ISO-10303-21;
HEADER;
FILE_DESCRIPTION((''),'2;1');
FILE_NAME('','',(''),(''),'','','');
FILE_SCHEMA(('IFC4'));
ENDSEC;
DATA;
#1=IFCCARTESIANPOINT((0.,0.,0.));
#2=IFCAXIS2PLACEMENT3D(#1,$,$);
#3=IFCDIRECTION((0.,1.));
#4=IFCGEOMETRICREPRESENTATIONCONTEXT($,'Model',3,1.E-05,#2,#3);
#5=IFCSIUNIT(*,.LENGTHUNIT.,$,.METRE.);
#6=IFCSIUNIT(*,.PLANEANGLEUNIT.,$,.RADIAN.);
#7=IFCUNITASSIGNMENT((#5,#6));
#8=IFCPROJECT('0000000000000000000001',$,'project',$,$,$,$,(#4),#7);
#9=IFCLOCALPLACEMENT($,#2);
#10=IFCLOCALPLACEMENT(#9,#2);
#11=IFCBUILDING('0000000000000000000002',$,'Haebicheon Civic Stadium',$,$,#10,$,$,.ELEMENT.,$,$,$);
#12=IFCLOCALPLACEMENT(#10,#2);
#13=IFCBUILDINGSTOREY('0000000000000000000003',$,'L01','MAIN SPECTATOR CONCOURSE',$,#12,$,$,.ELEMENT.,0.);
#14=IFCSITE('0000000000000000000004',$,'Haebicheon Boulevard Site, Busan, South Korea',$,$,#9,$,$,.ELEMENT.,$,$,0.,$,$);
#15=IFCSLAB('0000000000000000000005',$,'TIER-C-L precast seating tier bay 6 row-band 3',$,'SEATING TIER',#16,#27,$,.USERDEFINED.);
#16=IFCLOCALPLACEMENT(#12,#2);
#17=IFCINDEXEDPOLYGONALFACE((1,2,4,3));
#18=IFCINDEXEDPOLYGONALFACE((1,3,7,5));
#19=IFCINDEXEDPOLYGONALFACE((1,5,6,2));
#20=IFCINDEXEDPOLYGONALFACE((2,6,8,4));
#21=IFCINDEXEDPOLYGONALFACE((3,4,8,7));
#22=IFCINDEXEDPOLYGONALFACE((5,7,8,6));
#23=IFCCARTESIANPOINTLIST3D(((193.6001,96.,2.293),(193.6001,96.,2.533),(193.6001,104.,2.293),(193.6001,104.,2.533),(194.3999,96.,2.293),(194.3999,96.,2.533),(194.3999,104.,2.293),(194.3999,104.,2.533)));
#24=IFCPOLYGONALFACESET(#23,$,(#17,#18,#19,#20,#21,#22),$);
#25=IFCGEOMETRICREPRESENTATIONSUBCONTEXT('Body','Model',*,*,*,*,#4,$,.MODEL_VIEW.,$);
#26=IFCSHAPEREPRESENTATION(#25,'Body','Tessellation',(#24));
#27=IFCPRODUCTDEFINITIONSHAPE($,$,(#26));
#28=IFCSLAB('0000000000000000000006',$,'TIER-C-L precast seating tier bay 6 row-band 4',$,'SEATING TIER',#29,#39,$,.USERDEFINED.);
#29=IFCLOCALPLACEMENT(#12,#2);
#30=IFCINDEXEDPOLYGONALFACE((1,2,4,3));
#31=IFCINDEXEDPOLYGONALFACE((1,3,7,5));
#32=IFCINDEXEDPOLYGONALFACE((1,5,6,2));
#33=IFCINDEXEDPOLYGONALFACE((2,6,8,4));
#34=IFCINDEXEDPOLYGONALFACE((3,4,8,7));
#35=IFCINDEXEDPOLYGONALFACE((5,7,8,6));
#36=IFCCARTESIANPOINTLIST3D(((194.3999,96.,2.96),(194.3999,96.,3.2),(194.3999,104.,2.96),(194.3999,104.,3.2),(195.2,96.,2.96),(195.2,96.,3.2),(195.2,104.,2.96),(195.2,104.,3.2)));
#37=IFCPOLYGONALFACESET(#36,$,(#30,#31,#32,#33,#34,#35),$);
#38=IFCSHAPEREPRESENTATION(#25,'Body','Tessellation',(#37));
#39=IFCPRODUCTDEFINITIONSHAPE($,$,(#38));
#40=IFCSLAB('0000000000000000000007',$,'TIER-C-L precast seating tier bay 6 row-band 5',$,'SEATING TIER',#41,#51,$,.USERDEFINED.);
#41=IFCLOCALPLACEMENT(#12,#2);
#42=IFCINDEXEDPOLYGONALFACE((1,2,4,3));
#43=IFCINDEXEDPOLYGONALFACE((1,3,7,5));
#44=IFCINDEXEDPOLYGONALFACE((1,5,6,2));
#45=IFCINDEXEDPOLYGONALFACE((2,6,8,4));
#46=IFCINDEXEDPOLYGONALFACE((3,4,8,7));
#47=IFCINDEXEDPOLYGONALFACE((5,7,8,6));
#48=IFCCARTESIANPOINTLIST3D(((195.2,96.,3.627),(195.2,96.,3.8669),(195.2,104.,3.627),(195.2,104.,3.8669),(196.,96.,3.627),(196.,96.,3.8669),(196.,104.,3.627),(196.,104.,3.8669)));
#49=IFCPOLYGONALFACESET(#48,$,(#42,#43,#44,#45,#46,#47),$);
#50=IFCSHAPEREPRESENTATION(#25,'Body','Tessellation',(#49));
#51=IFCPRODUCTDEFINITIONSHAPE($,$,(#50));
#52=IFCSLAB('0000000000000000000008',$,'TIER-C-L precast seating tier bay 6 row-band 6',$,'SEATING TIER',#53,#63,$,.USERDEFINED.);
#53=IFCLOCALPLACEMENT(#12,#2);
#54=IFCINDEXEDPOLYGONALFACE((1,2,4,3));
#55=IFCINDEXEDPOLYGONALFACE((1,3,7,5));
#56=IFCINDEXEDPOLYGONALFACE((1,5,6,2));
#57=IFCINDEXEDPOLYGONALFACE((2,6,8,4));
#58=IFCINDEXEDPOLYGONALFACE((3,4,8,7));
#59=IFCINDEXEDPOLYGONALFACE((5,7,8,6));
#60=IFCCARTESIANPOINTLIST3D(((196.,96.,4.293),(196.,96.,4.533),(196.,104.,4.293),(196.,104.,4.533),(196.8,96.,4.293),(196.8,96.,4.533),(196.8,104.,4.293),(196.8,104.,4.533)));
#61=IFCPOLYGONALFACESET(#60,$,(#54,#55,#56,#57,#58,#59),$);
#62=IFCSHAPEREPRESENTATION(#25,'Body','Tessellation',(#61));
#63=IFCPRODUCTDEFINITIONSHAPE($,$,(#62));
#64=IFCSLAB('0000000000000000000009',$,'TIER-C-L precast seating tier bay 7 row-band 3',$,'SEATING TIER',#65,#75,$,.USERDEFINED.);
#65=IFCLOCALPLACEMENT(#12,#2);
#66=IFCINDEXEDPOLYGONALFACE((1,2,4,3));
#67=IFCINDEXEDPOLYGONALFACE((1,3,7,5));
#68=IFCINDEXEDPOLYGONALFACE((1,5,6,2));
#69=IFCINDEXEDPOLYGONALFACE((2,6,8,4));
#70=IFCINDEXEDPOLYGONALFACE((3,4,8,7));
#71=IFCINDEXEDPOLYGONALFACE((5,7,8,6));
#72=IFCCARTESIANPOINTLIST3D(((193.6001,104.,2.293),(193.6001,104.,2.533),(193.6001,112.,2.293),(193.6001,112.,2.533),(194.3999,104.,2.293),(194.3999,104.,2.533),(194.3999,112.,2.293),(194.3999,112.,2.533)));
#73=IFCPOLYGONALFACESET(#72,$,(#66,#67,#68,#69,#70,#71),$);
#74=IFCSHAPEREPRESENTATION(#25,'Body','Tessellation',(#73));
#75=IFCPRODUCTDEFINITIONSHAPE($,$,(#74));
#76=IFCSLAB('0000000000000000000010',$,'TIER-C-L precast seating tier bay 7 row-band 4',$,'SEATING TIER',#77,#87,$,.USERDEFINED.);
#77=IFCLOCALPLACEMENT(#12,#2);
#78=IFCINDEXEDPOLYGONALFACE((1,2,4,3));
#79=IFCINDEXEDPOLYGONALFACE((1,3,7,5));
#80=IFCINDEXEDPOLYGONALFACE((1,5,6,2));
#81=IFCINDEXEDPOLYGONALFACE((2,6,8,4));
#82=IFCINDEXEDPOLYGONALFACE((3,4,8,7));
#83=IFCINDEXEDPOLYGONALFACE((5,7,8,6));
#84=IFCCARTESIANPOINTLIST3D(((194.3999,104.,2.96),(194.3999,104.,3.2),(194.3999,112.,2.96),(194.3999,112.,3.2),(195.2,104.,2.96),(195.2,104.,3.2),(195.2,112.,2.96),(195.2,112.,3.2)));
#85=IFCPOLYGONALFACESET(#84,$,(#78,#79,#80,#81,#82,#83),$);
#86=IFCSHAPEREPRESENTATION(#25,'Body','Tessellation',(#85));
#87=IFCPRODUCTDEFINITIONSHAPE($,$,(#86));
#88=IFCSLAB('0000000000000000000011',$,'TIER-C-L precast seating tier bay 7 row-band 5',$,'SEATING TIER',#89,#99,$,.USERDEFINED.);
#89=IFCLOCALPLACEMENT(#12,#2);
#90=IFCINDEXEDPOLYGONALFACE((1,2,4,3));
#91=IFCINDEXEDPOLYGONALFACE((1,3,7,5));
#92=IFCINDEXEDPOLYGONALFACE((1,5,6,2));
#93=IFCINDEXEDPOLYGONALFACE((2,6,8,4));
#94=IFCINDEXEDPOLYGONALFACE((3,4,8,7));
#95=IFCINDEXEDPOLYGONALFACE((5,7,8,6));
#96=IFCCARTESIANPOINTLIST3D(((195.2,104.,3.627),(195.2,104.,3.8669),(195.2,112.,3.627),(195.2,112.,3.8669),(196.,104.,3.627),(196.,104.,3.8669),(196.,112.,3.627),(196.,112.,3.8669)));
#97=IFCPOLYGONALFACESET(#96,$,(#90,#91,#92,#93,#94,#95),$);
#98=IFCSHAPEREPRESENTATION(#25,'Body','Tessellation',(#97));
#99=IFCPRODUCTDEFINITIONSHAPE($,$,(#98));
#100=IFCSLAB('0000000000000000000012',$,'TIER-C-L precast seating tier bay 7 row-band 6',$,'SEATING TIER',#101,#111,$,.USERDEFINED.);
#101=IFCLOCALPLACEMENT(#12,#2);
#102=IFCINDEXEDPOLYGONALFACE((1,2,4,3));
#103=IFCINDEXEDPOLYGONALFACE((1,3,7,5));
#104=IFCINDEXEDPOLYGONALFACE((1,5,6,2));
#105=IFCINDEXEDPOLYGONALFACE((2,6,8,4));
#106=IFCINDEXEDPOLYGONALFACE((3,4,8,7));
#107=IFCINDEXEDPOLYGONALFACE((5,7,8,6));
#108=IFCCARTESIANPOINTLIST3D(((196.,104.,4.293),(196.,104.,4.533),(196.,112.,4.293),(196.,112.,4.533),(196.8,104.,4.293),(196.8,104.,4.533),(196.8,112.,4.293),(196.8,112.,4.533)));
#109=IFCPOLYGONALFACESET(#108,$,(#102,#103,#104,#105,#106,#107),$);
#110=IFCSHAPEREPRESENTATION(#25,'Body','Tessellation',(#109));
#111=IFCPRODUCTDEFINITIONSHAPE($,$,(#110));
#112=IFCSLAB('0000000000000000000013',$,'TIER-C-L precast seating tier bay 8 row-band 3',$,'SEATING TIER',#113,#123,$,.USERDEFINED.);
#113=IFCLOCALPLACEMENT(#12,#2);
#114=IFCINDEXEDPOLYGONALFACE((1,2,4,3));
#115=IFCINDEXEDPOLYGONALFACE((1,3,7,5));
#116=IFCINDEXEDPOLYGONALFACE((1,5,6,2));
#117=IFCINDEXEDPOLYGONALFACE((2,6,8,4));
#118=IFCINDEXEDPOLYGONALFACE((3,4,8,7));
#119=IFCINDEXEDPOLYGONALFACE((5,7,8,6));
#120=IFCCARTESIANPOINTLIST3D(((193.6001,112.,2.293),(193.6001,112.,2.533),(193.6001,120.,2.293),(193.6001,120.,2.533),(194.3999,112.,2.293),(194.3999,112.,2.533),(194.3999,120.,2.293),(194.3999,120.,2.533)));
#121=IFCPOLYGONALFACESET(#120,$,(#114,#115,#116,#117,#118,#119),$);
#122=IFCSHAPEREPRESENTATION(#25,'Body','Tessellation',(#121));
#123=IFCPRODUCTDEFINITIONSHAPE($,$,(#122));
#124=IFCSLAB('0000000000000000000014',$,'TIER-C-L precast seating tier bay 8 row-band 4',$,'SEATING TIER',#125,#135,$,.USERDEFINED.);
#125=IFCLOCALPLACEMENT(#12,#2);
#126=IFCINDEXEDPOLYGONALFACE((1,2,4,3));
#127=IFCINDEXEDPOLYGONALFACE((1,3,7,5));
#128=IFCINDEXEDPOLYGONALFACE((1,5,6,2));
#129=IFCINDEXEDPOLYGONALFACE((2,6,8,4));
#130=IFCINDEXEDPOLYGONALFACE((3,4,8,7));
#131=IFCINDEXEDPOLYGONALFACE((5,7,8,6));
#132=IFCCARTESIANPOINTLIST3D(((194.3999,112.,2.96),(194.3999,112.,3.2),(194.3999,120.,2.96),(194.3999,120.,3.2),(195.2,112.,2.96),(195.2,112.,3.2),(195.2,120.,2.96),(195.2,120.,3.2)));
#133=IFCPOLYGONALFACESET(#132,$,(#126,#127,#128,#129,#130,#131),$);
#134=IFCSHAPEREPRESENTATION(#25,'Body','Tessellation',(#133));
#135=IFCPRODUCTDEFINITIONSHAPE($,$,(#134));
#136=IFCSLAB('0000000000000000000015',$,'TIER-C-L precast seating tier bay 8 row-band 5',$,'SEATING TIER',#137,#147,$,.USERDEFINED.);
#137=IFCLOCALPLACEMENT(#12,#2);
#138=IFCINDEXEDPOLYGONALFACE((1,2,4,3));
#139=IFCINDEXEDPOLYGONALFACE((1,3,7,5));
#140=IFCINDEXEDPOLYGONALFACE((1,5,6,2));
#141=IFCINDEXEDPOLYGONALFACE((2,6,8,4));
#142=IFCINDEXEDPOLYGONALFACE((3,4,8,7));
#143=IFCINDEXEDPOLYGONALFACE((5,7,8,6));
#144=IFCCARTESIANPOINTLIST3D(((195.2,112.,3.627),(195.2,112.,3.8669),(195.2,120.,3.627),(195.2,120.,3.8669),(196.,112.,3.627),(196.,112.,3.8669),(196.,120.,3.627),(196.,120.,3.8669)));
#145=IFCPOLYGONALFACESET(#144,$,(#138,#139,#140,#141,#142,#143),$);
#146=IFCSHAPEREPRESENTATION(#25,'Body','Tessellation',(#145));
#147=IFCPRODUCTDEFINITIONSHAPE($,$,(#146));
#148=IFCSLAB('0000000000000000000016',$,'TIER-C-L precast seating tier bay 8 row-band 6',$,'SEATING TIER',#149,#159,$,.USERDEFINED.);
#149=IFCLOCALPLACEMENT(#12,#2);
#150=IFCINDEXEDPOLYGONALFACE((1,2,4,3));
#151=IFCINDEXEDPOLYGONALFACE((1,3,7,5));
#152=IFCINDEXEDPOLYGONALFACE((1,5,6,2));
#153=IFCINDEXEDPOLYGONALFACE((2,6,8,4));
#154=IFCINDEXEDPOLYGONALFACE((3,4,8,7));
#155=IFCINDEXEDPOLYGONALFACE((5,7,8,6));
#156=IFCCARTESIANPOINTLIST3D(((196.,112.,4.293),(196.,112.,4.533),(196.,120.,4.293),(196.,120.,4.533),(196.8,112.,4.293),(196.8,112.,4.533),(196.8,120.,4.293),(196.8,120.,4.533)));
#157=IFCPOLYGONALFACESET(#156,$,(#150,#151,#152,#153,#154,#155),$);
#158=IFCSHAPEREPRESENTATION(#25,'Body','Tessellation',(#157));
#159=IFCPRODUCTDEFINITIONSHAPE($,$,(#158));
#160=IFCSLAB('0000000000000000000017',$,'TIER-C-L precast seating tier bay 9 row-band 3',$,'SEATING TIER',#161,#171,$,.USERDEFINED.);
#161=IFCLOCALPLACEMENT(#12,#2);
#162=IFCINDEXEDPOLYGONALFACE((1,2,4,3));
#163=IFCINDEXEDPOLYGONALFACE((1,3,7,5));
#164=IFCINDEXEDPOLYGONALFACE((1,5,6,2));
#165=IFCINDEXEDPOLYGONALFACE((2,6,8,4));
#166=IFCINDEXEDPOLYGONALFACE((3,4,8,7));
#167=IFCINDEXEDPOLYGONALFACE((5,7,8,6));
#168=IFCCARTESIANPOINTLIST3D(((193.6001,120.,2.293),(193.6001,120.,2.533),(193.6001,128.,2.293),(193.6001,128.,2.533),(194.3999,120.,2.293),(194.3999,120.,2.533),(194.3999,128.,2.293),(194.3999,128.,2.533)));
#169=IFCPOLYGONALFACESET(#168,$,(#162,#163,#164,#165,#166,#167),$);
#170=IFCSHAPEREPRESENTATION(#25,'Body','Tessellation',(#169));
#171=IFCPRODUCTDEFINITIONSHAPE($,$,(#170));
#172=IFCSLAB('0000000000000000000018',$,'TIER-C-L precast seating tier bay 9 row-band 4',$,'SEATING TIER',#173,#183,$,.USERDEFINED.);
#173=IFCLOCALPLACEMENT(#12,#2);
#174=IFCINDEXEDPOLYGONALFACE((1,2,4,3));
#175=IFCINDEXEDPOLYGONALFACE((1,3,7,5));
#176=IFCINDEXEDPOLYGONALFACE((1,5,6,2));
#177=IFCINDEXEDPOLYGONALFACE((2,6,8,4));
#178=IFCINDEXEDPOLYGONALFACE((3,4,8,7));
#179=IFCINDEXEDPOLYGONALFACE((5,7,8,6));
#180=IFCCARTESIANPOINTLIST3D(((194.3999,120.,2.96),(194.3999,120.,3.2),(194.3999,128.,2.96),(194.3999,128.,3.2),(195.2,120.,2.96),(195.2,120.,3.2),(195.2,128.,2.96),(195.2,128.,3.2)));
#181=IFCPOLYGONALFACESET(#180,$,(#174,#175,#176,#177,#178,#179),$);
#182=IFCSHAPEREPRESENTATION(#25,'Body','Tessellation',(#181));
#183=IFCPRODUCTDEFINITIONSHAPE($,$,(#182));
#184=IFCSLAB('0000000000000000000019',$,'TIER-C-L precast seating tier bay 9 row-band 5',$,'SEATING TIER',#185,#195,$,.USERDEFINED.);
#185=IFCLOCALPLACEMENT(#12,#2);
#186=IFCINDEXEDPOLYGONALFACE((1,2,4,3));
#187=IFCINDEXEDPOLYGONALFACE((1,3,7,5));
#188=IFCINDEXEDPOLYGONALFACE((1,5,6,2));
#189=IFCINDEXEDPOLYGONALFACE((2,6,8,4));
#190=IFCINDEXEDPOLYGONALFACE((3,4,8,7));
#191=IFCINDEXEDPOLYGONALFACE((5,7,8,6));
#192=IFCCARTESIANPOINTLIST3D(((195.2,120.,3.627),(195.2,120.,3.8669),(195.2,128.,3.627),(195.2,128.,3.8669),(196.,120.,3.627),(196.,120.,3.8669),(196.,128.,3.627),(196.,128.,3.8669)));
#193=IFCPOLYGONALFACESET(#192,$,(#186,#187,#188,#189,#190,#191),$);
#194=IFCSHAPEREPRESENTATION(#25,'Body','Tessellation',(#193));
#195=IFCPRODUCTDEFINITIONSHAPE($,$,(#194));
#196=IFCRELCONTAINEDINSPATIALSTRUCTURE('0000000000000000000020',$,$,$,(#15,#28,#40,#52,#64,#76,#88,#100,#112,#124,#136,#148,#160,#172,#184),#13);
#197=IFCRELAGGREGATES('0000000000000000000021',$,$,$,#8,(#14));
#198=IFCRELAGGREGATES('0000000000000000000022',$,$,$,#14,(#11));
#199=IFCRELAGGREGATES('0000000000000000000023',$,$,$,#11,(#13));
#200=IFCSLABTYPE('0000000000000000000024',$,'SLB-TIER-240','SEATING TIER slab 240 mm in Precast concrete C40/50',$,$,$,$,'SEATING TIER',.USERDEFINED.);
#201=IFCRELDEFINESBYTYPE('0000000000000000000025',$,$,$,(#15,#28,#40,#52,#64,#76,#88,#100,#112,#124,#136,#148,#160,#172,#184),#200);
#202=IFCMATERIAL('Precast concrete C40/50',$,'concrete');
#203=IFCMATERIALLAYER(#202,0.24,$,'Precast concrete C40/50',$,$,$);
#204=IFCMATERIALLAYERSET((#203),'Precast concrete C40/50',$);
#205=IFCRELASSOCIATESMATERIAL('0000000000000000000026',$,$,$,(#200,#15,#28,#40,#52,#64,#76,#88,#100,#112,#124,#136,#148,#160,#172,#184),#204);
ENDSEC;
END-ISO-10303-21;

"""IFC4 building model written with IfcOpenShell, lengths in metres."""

from ifc_helpers import new_model, si_unit, direction, frame, origin, place, context, subcontext, project, spatial, polyline, outline, extrude, material, layer, layer_set, type_object, element, save


model = new_model("IFC4")

# Units and contexts
model_context = context("Model", 3, precision=1e-05, world=origin(), true_north=direction((0.0, 1.0)))
body_context = subcontext(model_context, "Body", "Model", "MODEL_VIEW")
ifc_project = project(units=[si_unit("LENGTHUNIT", "METRE"), si_unit("PLANEANGLEUNIT", "RADIAN")], contexts=[model_context])

# Site, building, storey
site_placement = place(None, origin())
site = spatial("IfcSite", under=ifc_project, at=site_placement, Name="Haebicheon Boulevard Site, Busan, South Korea", CompositionType="ELEMENT", RefElevation=0.0)
building_placement = place(site_placement, origin())
building = spatial("IfcBuilding", under=site, at=building_placement, Name="Haebicheon Civic Stadium", CompositionType="ELEMENT")
storey_placement = place(building_placement, origin())
storey = spatial("IfcBuildingStorey", under=building, at=storey_placement, Name="L01", Description="MAIN SPECTATOR CONCOURSE", CompositionType="ELEMENT", Elevation=0.0)

# Slabs
ifc_material_1 = material(Name="Precast concrete C40/50", Category="concrete")
ifc_layer_1 = layer(ifc_material_1, 0.24, Name="Precast concrete C40/50")
ifc_layer_set_1 = layer_set([ifc_layer_1], Name="Precast concrete C40/50")
slab_type_1 = type_object("IfcSlabType", Name="SLB-TIER-240", Description="SEATING TIER slab 240 mm in Precast concrete C40/50", ElementType="SEATING TIER", PredefinedType="USERDEFINED", material=ifc_layer_set_1)
slab_1_placement = place(storey_placement, frame((0.0, 0.0, 2.293)))
element("IfcSlab", 1, at=slab_1_placement, inside=storey, type_object=slab_type_1, material=ifc_layer_set_1, Name="TIER-C-L precast seating tier bay 6 row-band 3", ObjectType="SEATING TIER", PredefinedType="USERDEFINED", context=body_context, shape_type="SweptSolid", body=[
    extrude(outline(polyline([(193.6001, 96.0), (194.3999, 96.0), (194.3999, 104.0), (193.6001, 104.0), (193.6001, 96.0)])), origin(), (0.0, 0.0, 1.0), 0.24),
])
slab_2_placement = place(storey_placement, frame((0.0, 0.0, 2.96)))
element("IfcSlab", 2, at=slab_2_placement, inside=storey, type_object=slab_type_1, material=ifc_layer_set_1, Name="TIER-C-L precast seating tier bay 6 row-band 4", ObjectType="SEATING TIER", PredefinedType="USERDEFINED", context=body_context, shape_type="SweptSolid", body=[
    extrude(outline(polyline([(194.3999, 96.0), (195.2, 96.0), (195.2, 104.0), (194.3999, 104.0), (194.3999, 96.0)])), origin(), (0.0, 0.0, 1.0), 0.24),
])
slab_3_placement = place(storey_placement, frame((0.0, 0.0, 3.627)))
element("IfcSlab", 3, at=slab_3_placement, inside=storey, type_object=slab_type_1, material=ifc_layer_set_1, Name="TIER-C-L precast seating tier bay 6 row-band 5", ObjectType="SEATING TIER", PredefinedType="USERDEFINED", context=body_context, shape_type="SweptSolid", body=[
    extrude(outline(polyline([(195.2, 96.0), (196.0, 96.0), (196.0, 104.0), (195.2, 104.0), (195.2, 96.0)])), origin(), (0.0, 0.0, 1.0), 0.24),
])
slab_4_placement = place(storey_placement, frame((0.0, 0.0, 4.293)))
element("IfcSlab", 4, at=slab_4_placement, inside=storey, type_object=slab_type_1, material=ifc_layer_set_1, Name="TIER-C-L precast seating tier bay 6 row-band 6", ObjectType="SEATING TIER", PredefinedType="USERDEFINED", context=body_context, shape_type="SweptSolid", body=[
    extrude(outline(polyline([(196.0, 96.0), (196.8, 96.0), (196.8, 104.0), (196.0, 104.0), (196.0, 96.0)])), origin(), (0.0, 0.0, 1.0), 0.24),
])
slab_5_placement = place(storey_placement, frame((0.0, 0.0, 2.293)))
element("IfcSlab", 5, at=slab_5_placement, inside=storey, type_object=slab_type_1, material=ifc_layer_set_1, Name="TIER-C-L precast seating tier bay 7 row-band 3", ObjectType="SEATING TIER", PredefinedType="USERDEFINED", context=body_context, shape_type="SweptSolid", body=[
    extrude(outline(polyline([(193.6001, 104.0), (194.3999, 104.0), (194.3999, 112.0), (193.6001, 112.0), (193.6001, 104.0)])), origin(), (0.0, 0.0, 1.0), 0.24),
])
slab_6_placement = place(storey_placement, frame((0.0, 0.0, 2.96)))
element("IfcSlab", 6, at=slab_6_placement, inside=storey, type_object=slab_type_1, material=ifc_layer_set_1, Name="TIER-C-L precast seating tier bay 7 row-band 4", ObjectType="SEATING TIER", PredefinedType="USERDEFINED", context=body_context, shape_type="SweptSolid", body=[
    extrude(outline(polyline([(194.3999, 104.0), (195.2, 104.0), (195.2, 112.0), (194.3999, 112.0), (194.3999, 104.0)])), origin(), (0.0, 0.0, 1.0), 0.24),
])
slab_7_placement = place(storey_placement, frame((0.0, 0.0, 3.627)))
element("IfcSlab", 7, at=slab_7_placement, inside=storey, type_object=slab_type_1, material=ifc_layer_set_1, Name="TIER-C-L precast seating tier bay 7 row-band 5", ObjectType="SEATING TIER", PredefinedType="USERDEFINED", context=body_context, shape_type="SweptSolid", body=[
    extrude(outline(polyline([(195.2, 104.0), (196.0, 104.0), (196.0, 112.0), (195.2, 112.0), (195.2, 104.0)])), origin(), (0.0, 0.0, 1.0), 0.24),
])
slab_8_placement = place(storey_placement, frame((0.0, 0.0, 4.293)))
element("IfcSlab", 8, at=slab_8_placement, inside=storey, type_object=slab_type_1, material=ifc_layer_set_1, Name="TIER-C-L precast seating tier bay 7 row-band 6", ObjectType="SEATING TIER", PredefinedType="USERDEFINED", context=body_context, shape_type="SweptSolid", body=[
    extrude(outline(polyline([(196.0, 104.0), (196.8, 104.0), (196.8, 112.0), (196.0, 112.0), (196.0, 104.0)])), origin(), (0.0, 0.0, 1.0), 0.24),
])
slab_9_placement = place(storey_placement, frame((0.0, 0.0, 2.293)))
element("IfcSlab", 9, at=slab_9_placement, inside=storey, type_object=slab_type_1, material=ifc_layer_set_1, Name="TIER-C-L precast seating tier bay 8 row-band 3", ObjectType="SEATING TIER", PredefinedType="USERDEFINED", context=body_context, shape_type="SweptSolid", body=[
    extrude(outline(polyline([(193.6001, 112.0), (194.3999, 112.0), (194.3999, 120.0), (193.6001, 120.0), (193.6001, 112.0)])), origin(), (0.0, 0.0, 1.0), 0.24),
])
slab_10_placement = place(storey_placement, frame((0.0, 0.0, 2.96)))
element("IfcSlab", 10, at=slab_10_placement, inside=storey, type_object=slab_type_1, material=ifc_layer_set_1, Name="TIER-C-L precast seating tier bay 8 row-band 4", ObjectType="SEATING TIER", PredefinedType="USERDEFINED", context=body_context, shape_type="SweptSolid", body=[
    extrude(outline(polyline([(194.3999, 112.0), (195.2, 112.0), (195.2, 120.0), (194.3999, 120.0), (194.3999, 112.0)])), origin(), (0.0, 0.0, 1.0), 0.24),
])
slab_11_placement = place(storey_placement, frame((0.0, 0.0, 3.627)))
element("IfcSlab", 11, at=slab_11_placement, inside=storey, type_object=slab_type_1, material=ifc_layer_set_1, Name="TIER-C-L precast seating tier bay 8 row-band 5", ObjectType="SEATING TIER", PredefinedType="USERDEFINED", context=body_context, shape_type="SweptSolid", body=[
    extrude(outline(polyline([(195.2, 112.0), (196.0, 112.0), (196.0, 120.0), (195.2, 120.0), (195.2, 112.0)])), origin(), (0.0, 0.0, 1.0), 0.24),
])
slab_12_placement = place(storey_placement, frame((0.0, 0.0, 4.293)))
element("IfcSlab", 12, at=slab_12_placement, inside=storey, type_object=slab_type_1, material=ifc_layer_set_1, Name="TIER-C-L precast seating tier bay 8 row-band 6", ObjectType="SEATING TIER", PredefinedType="USERDEFINED", context=body_context, shape_type="SweptSolid", body=[
    extrude(outline(polyline([(196.0, 112.0), (196.8, 112.0), (196.8, 120.0), (196.0, 120.0), (196.0, 112.0)])), origin(), (0.0, 0.0, 1.0), 0.24),
])
slab_13_placement = place(storey_placement, frame((0.0, 0.0, 2.293)))
element("IfcSlab", 13, at=slab_13_placement, inside=storey, type_object=slab_type_1, material=ifc_layer_set_1, Name="TIER-C-L precast seating tier bay 9 row-band 3", ObjectType="SEATING TIER", PredefinedType="USERDEFINED", context=body_context, shape_type="SweptSolid", body=[
    extrude(outline(polyline([(193.6001, 120.0), (194.3999, 120.0), (194.3999, 128.0), (193.6001, 128.0), (193.6001, 120.0)])), origin(), (0.0, 0.0, 1.0), 0.24),
])
slab_14_placement = place(storey_placement, frame((0.0, 0.0, 2.96)))
element("IfcSlab", 14, at=slab_14_placement, inside=storey, type_object=slab_type_1, material=ifc_layer_set_1, Name="TIER-C-L precast seating tier bay 9 row-band 4", ObjectType="SEATING TIER", PredefinedType="USERDEFINED", context=body_context, shape_type="SweptSolid", body=[
    extrude(outline(polyline([(194.3999, 120.0), (195.2, 120.0), (195.2, 128.0), (194.3999, 128.0), (194.3999, 120.0)])), origin(), (0.0, 0.0, 1.0), 0.24),
])
slab_15_placement = place(storey_placement, frame((0.0, 0.0, 3.627)))
element("IfcSlab", 15, at=slab_15_placement, inside=storey, type_object=slab_type_1, material=ifc_layer_set_1, Name="TIER-C-L precast seating tier bay 9 row-band 5", ObjectType="SEATING TIER", PredefinedType="USERDEFINED", context=body_context, shape_type="SweptSolid", body=[
    extrude(outline(polyline([(195.2, 120.0), (196.0, 120.0), (196.0, 128.0), (195.2, 128.0), (195.2, 120.0)])), origin(), (0.0, 0.0, 1.0), 0.24),
])

save(model, "model.ifc")
